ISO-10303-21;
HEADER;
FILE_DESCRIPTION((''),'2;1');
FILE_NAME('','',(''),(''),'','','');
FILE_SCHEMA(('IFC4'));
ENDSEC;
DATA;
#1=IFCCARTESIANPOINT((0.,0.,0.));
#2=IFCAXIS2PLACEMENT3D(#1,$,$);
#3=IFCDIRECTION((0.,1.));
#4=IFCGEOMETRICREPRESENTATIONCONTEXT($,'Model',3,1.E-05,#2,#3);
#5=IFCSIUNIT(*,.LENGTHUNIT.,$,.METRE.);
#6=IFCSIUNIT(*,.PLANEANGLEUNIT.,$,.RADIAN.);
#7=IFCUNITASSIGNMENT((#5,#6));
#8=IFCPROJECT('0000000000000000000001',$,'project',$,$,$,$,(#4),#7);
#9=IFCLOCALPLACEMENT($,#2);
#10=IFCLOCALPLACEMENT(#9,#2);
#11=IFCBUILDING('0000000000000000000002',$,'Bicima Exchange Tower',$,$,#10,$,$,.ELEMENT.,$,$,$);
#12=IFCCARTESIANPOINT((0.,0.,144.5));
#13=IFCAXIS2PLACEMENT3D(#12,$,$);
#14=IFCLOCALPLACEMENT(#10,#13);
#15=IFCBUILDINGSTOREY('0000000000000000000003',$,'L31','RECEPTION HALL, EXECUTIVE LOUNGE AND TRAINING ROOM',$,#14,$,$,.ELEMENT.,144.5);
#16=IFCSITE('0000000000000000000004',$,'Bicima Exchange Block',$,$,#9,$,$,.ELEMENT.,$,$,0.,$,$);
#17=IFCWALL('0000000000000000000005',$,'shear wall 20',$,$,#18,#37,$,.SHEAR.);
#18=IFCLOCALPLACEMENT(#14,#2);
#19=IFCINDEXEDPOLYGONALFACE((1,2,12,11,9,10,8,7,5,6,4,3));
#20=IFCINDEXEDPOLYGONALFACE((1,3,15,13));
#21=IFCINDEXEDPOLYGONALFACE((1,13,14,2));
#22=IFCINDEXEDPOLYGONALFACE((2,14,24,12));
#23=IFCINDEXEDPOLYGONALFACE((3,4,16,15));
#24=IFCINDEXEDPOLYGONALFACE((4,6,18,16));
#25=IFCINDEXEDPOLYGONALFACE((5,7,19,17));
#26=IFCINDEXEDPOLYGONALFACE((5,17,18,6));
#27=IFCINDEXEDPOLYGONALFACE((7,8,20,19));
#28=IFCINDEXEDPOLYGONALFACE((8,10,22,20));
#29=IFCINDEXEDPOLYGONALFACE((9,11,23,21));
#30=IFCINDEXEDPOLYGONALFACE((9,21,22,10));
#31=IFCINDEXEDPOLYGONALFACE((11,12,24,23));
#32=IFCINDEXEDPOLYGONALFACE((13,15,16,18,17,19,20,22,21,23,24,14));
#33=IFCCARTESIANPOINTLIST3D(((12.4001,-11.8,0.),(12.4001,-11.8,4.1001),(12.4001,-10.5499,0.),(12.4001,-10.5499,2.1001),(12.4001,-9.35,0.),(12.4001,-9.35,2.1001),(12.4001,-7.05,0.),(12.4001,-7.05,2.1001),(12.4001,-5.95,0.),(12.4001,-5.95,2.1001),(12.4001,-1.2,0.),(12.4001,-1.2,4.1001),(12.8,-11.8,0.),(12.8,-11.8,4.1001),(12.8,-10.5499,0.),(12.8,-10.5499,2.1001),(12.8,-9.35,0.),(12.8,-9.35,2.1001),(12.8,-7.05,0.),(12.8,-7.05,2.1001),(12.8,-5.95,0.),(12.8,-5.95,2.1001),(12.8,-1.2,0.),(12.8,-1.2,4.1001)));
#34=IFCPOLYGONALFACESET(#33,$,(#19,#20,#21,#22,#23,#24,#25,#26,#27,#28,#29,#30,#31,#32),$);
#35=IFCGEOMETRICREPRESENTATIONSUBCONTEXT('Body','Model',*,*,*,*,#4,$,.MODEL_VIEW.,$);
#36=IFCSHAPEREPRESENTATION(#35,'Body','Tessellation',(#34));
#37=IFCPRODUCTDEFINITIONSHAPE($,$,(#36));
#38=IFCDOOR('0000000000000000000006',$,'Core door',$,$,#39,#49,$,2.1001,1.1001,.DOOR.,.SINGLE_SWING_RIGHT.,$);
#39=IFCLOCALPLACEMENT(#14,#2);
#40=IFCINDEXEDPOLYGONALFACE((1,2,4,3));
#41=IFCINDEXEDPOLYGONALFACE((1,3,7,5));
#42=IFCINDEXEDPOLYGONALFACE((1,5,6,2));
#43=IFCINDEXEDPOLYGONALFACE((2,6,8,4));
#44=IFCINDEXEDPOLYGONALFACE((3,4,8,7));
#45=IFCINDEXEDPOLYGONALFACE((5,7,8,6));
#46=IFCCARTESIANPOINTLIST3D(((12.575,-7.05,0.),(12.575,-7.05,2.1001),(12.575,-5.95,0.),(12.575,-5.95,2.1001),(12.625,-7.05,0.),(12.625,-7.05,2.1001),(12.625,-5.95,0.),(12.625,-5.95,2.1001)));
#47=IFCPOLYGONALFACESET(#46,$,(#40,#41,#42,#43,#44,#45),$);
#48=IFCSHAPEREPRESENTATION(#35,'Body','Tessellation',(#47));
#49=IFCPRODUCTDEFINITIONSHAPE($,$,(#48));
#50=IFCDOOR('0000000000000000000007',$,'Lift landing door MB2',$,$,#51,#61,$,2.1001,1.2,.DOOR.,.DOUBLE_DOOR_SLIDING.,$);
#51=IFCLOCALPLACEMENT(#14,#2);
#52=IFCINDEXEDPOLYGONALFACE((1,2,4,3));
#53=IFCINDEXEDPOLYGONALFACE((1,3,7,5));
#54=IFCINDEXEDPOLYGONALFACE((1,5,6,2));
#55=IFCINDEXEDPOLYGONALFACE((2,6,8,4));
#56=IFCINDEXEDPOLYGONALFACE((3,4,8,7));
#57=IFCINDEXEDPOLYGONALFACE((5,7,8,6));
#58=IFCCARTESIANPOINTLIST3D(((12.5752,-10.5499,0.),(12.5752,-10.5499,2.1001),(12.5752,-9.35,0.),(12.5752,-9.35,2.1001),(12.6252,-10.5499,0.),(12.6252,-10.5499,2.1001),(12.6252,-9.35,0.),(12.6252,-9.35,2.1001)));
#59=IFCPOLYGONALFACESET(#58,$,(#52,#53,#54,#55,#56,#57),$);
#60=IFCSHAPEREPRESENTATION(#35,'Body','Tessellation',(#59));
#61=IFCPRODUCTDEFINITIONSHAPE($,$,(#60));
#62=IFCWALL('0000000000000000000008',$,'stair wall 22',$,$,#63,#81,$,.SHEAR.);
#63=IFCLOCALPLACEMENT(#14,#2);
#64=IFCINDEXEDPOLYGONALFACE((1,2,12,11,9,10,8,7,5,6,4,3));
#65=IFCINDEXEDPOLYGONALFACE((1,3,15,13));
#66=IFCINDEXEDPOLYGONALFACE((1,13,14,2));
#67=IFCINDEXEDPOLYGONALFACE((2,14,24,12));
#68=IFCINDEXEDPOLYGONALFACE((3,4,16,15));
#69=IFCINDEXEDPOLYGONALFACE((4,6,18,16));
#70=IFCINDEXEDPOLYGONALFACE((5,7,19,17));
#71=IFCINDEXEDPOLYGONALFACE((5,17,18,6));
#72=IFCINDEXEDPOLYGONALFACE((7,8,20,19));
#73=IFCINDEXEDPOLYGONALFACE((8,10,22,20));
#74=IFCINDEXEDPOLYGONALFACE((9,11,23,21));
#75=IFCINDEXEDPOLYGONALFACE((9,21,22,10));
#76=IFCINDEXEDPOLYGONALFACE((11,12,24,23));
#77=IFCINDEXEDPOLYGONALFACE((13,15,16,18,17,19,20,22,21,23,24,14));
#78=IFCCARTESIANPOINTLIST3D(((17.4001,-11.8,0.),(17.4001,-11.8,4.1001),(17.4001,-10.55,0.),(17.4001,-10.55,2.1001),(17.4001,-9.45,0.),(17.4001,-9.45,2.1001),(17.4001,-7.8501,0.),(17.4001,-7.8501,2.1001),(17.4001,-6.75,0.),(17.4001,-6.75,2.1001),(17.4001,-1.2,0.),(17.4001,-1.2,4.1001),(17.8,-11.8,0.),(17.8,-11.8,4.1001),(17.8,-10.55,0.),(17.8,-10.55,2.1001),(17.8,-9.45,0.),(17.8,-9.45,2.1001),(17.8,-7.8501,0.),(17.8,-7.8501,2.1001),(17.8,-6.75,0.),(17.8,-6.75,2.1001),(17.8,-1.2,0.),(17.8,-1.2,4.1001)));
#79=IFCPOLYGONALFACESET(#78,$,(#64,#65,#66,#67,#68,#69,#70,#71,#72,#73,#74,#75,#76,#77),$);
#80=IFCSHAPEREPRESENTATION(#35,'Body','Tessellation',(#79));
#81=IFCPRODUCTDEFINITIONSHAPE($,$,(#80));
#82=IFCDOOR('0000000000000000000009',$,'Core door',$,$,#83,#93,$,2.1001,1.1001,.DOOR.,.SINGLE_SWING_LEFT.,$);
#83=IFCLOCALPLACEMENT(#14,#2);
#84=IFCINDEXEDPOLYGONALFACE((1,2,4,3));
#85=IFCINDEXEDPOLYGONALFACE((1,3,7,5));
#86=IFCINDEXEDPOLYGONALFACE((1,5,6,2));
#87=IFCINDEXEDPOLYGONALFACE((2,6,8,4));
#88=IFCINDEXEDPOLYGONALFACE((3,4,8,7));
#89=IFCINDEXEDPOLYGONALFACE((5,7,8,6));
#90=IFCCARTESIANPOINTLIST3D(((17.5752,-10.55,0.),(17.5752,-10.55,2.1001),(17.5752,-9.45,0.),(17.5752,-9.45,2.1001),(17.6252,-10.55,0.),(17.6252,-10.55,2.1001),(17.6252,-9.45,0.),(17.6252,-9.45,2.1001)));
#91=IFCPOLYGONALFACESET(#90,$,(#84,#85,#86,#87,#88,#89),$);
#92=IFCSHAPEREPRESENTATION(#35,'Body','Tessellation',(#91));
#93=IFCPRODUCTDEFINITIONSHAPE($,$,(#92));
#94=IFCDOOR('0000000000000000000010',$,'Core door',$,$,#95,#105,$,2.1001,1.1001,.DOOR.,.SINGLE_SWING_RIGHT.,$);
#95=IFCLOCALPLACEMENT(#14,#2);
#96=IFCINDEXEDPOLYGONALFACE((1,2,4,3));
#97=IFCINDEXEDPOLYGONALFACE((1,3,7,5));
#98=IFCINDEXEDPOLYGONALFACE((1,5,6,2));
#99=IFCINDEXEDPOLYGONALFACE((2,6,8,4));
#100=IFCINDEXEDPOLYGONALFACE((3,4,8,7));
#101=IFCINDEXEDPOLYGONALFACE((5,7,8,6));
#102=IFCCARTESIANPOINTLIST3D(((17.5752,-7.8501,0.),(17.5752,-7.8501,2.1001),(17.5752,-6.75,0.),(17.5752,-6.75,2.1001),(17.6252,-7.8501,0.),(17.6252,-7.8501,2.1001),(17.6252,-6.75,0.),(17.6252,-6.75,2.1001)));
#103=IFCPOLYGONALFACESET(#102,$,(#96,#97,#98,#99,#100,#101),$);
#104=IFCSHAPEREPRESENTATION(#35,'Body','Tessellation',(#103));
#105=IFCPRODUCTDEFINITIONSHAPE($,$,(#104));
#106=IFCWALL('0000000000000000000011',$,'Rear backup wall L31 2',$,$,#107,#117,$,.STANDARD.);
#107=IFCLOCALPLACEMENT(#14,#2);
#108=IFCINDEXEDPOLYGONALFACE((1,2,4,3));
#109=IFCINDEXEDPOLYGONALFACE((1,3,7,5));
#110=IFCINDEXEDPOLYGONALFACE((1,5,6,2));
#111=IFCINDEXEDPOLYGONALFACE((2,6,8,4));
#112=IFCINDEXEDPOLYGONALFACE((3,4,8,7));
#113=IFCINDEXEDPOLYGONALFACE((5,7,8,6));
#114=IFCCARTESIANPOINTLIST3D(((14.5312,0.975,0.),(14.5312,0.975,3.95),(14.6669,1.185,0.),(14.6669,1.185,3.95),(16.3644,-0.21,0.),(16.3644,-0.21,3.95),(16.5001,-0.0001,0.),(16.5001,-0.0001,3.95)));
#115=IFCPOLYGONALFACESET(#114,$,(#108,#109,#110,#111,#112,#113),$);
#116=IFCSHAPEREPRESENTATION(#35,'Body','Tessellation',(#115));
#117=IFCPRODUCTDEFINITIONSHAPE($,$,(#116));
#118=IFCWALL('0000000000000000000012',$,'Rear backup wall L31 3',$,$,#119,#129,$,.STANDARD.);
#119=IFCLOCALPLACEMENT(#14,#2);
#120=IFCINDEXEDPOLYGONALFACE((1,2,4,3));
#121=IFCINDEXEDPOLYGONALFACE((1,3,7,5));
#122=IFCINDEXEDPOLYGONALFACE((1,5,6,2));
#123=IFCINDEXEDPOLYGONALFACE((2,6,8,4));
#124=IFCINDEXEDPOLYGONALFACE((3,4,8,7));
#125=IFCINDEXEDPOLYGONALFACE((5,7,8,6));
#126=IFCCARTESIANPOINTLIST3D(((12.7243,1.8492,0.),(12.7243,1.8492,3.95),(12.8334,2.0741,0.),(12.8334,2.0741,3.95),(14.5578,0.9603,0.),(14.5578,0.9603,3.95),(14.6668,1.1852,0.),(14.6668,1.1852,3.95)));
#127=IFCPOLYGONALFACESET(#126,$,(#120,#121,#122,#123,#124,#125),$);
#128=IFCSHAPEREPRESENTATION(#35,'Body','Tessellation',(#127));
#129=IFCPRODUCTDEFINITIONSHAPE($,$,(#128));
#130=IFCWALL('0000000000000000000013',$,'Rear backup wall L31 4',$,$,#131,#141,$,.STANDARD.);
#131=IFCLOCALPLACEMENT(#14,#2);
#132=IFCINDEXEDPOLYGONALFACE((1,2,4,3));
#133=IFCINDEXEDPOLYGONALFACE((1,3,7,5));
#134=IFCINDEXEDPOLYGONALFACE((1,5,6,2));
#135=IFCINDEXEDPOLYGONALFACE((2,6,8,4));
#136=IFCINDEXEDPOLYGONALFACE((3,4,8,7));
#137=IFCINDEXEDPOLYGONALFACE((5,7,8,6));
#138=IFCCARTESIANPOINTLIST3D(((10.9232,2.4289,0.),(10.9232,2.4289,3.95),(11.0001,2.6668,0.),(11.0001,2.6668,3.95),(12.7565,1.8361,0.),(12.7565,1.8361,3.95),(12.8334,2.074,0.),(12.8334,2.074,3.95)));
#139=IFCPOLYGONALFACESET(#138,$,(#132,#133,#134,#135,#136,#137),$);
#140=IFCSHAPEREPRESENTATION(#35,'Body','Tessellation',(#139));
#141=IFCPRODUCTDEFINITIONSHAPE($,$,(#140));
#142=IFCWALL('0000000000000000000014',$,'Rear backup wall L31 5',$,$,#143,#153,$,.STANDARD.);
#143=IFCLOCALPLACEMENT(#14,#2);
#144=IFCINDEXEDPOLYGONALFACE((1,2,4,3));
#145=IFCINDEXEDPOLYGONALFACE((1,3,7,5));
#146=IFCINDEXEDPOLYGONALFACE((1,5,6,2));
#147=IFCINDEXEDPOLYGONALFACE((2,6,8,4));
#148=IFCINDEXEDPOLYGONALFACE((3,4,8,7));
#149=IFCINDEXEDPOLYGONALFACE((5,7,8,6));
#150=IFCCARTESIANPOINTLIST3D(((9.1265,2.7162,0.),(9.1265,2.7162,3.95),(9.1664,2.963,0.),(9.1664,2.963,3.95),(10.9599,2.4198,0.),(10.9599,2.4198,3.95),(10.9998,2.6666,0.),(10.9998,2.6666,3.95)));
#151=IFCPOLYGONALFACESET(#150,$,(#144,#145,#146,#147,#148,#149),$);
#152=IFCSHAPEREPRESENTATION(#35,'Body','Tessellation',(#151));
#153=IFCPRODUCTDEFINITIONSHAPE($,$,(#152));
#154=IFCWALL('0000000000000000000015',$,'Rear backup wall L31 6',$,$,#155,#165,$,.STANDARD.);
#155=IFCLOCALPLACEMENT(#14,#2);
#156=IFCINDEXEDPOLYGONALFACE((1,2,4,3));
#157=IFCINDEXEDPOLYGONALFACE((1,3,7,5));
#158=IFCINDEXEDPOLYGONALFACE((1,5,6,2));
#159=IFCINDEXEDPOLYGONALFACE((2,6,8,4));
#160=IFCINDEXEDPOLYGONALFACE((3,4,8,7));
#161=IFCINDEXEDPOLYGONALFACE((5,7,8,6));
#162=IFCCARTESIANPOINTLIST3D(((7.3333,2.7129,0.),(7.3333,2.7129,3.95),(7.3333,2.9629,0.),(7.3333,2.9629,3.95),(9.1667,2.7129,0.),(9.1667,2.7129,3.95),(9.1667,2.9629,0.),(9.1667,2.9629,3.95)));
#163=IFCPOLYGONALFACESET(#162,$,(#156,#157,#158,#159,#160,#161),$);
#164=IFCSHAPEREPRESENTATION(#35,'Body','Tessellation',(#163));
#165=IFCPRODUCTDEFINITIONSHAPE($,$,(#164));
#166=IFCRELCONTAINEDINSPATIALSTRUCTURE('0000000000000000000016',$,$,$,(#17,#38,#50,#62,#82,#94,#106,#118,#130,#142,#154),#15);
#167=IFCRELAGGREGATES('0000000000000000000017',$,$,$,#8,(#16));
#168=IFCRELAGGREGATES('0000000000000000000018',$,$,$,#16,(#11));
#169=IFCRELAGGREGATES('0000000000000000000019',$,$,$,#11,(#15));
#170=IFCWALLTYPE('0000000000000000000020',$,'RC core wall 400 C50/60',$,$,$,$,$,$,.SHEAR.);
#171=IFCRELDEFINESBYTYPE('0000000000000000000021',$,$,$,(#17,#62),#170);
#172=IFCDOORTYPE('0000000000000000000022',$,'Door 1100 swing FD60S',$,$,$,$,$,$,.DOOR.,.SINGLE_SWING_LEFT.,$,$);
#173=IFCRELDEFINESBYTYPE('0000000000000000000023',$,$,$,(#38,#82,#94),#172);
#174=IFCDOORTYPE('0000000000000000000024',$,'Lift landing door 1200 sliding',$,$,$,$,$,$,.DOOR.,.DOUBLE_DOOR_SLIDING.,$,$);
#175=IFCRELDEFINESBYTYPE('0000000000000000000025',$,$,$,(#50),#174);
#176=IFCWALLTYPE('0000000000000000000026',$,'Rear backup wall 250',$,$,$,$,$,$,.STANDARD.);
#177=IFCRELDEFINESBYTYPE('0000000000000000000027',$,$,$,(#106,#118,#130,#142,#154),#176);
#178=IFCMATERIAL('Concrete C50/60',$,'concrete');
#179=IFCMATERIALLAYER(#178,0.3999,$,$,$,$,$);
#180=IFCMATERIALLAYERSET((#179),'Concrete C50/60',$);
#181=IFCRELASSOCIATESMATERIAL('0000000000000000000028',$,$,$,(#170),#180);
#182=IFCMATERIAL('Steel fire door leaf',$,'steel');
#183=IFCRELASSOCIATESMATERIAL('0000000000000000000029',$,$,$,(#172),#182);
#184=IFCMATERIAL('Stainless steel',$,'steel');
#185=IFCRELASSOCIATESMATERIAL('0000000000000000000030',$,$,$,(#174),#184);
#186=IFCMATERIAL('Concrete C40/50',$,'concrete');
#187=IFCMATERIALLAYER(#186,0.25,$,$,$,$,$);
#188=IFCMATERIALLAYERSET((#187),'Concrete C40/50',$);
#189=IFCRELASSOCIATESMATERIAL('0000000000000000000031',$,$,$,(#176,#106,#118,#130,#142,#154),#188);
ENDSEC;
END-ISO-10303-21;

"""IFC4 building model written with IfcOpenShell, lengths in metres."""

from ifc_helpers import new_model, si_unit, direction, frame, frame_2d, origin, place, context, subcontext, project, spatial, rectangle, extrude, material, layer, layer_set, layer_usage, type_object, element, fill, save


model = new_model("IFC4")

# Units and contexts
model_context = context("Model", 3, precision=1e-05, world=origin(), true_north=direction((0.0, 1.0)))
body_context = subcontext(model_context, "Body", "Model", "MODEL_VIEW")
ifc_project = project(units=[si_unit("LENGTHUNIT", "METRE"), si_unit("PLANEANGLEUNIT", "RADIAN")], contexts=[model_context])

# Site, building, storey
site_placement = place(None, origin())
site = spatial("IfcSite", under=ifc_project, at=site_placement, Name="Bicima Exchange Block", CompositionType="ELEMENT", RefElevation=0.0)
building_placement = place(site_placement, origin())
building = spatial("IfcBuilding", under=site, at=building_placement, Name="Bicima Exchange Tower", CompositionType="ELEMENT")
storey_placement = place(building_placement, frame((0.0, 0.0, 144.5)))
storey = spatial("IfcBuildingStorey", under=building, at=storey_placement, Name="L31", Description="RECEPTION HALL, EXECUTIVE LOUNGE AND TRAINING ROOM", CompositionType="ELEMENT", Elevation=144.5)

# Shared definitions
ifc_material_1 = material(Name="Concrete C50/60", Category="concrete")
ifc_layer_1 = layer(ifc_material_1, 0.3999)
ifc_layer_set_1 = layer_set([ifc_layer_1], Name="Concrete C50/60")
wall_type_1 = type_object("IfcWallType", Name="RC core wall 400 C50/60", PredefinedType="SHEAR", material=ifc_layer_set_1)
ifc_material_2 = material(Name="Steel fire door leaf", Category="steel")

# Walls, openings, doors
wall_1_placement = place(storey_placement, frame((12.6001, -11.8, 0.0), z_axis=(0.0, 0.0, 1.0), x_axis=(0.0, 1.0, 0.0)))
wall_1 = element("IfcWall", 1, at=wall_1_placement, inside=storey, type_object=wall_type_1, Name="shear wall 20", PredefinedType="SHEAR", context=body_context, shape_type="SweptSolid", body=[
    extrude(rectangle(XDim=10.6001, YDim=0.3999, at=frame_2d((5.3, 0.0))), origin(), (0.0, 0.0, 1.0), 4.1001),
])
opening_1_placement = place(wall_1_placement, frame((1.25, 0.0, 0.0)))
opening_1 = element("IfcOpeningElement", 2, at=opening_1_placement, cuts=wall_1, PredefinedType="OPENING", context=body_context, shape_type="SweptSolid", body=[
    extrude(rectangle(XDim=1.2, YDim=2.1001, at=frame_2d((0.6001, 1.05))), frame((0.0, 0.2119, 0.0), z_axis=(0.0, -1.0, 0.0), x_axis=(1.0, 0.0, 0.0)), (0.0, 0.0, 1.0), 0.4238),
])
opening_2_placement = place(wall_1_placement, frame((4.75, 0.0, 0.0)))
opening_2 = element("IfcOpeningElement", 3, at=opening_2_placement, cuts=wall_1, PredefinedType="OPENING", context=body_context, shape_type="SweptSolid", body=[
    extrude(rectangle(XDim=1.1001, YDim=2.1001, at=frame_2d((0.55, 1.05))), frame((0.0, 0.2119, 0.0), z_axis=(0.0, -1.0, 0.0), x_axis=(1.0, 0.0, 0.0)), (0.0, 0.0, 1.0), 0.4238),
])
door_type_1 = type_object("IfcDoorType", Name="Door 1100 swing FD60S", OperationType="SINGLE_SWING_LEFT", PredefinedType="DOOR", material=ifc_material_2)
door_1_placement = place(opening_2_placement, frame((1.1001, 0.0, 0.0), z_axis=(0.0, 0.0, 1.0), x_axis=(-1.0, 0.0, 0.0)))
door_1 = element("IfcDoor", 4, at=door_1_placement, inside=storey, type_object=door_type_1, Name="Core door", OperationType="SINGLE_SWING_RIGHT", OverallHeight=2.1001, OverallWidth=1.1001, PredefinedType="DOOR", context=body_context, shape_type="SweptSolid", body=[
    extrude(rectangle(XDim=1.1001, YDim=2.1001, at=frame_2d((0.55, 1.05))), frame((0.0, 0.0249, 0.0), z_axis=(0.0, -1.0, 0.0), x_axis=(1.0, 0.0, 0.0)), (0.0, 0.0, 1.0), 0.05),
])
fill(opening_2, door_1)
ifc_material_3 = material(Name="Stainless steel", Category="steel")
door_type_2 = type_object("IfcDoorType", Name="Lift landing door 1200 sliding", OperationType="DOUBLE_DOOR_SLIDING", PredefinedType="DOOR", material=ifc_material_3)
door_2_placement = place(opening_1_placement, origin())
door_2 = element("IfcDoor", 5, at=door_2_placement, inside=storey, type_object=door_type_2, Name="Lift landing door MB2", OperationType="DOUBLE_DOOR_SLIDING", OverallHeight=2.1001, OverallWidth=1.2, PredefinedType="DOOR", context=body_context, shape_type="SweptSolid", body=[
    extrude(rectangle(XDim=1.2, YDim=2.1001, at=frame_2d((0.6001, 1.05))), frame((0.0, 0.0249, 0.0), z_axis=(0.0, -1.0, 0.0), x_axis=(1.0, 0.0, 0.0)), (0.0, 0.0, 1.0), 0.05),
])
fill(opening_1, door_2)
wall_2_placement = place(storey_placement, frame((17.6001, -11.8, 0.0), z_axis=(0.0, 0.0, 1.0), x_axis=(0.0, 1.0, 0.0)))
wall_2 = element("IfcWall", 6, at=wall_2_placement, inside=storey, type_object=wall_type_1, Name="stair wall 22", PredefinedType="SHEAR", context=body_context, shape_type="SweptSolid", body=[
    extrude(rectangle(XDim=10.6001, YDim=0.3999, at=frame_2d((5.3, 0.0))), origin(), (0.0, 0.0, 1.0), 4.1001),
])
opening_3_placement = place(wall_2_placement, frame((1.25, 0.0, 0.0)))
opening_3 = element("IfcOpeningElement", 7, at=opening_3_placement, cuts=wall_2, PredefinedType="OPENING", context=body_context, shape_type="SweptSolid", body=[
    extrude(rectangle(XDim=1.1001, YDim=2.1001, at=frame_2d((0.55, 1.05))), frame((0.0, 0.2119, 0.0), z_axis=(0.0, -1.0, 0.0), x_axis=(1.0, 0.0, 0.0)), (0.0, 0.0, 1.0), 0.4238),
])
opening_4_placement = place(wall_2_placement, frame((3.95, 0.0, 0.0)))
opening_4 = element("IfcOpeningElement", 8, at=opening_4_placement, cuts=wall_2, PredefinedType="OPENING", context=body_context, shape_type="SweptSolid", body=[
    extrude(rectangle(XDim=1.1001, YDim=2.1001, at=frame_2d((0.55, 1.05))), frame((0.0, 0.2119, 0.0), z_axis=(0.0, -1.0, 0.0), x_axis=(1.0, 0.0, 0.0)), (0.0, 0.0, 1.0), 0.4238),
])
door_3_placement = place(opening_3_placement, origin())
door_3 = element("IfcDoor", 9, at=door_3_placement, inside=storey, type_object=door_type_1, Name="Core door", OperationType="SINGLE_SWING_LEFT", OverallHeight=2.1001, OverallWidth=1.1001, PredefinedType="DOOR", context=body_context, shape_type="SweptSolid", body=[
    extrude(rectangle(XDim=1.1001, YDim=2.1001, at=frame_2d((0.55, 1.05))), frame((0.0, 0.0249, 0.0), z_axis=(0.0, -1.0, 0.0), x_axis=(1.0, 0.0, 0.0)), (0.0, 0.0, 1.0), 0.05),
])
fill(opening_3, door_3)
door_4_placement = place(opening_4_placement, origin())
door_4 = element("IfcDoor", 10, at=door_4_placement, inside=storey, type_object=door_type_1, Name="Core door", OperationType="SINGLE_SWING_RIGHT", OverallHeight=2.1001, OverallWidth=1.1001, PredefinedType="DOOR", context=body_context, shape_type="SweptSolid", body=[
    extrude(rectangle(XDim=1.1001, YDim=2.1001, at=frame_2d((0.55, 1.05))), frame((0.0, 0.0249, 0.0), z_axis=(0.0, -1.0, 0.0), x_axis=(1.0, 0.0, 0.0)), (0.0, 0.0, 1.0), 0.05),
])
fill(opening_4, door_4)

# Walls
ifc_material_4 = material(Name="Concrete C40/50", Category="concrete")
ifc_layer_2 = layer(ifc_material_4, 0.25)
ifc_layer_set_2 = layer_set([ifc_layer_2], Name="Concrete C40/50")
ifc_layer_usage = layer_usage(ifc_layer_set_2, "AXIS2", "POSITIVE", -0.125)
wall_type_2 = type_object("IfcWallType", Name="Rear backup wall 250", PredefinedType="STANDARD", material=ifc_layer_set_2)
wall_3_placement = place(storey_placement, frame((16.4321, -0.105, 0.0), z_axis=(0.0, 0.0, 1.0), x_axis=(-0.839813, 0.542876, 0.0)))
element("IfcWall", 11, at=wall_3_placement, inside=storey, type_object=wall_type_2, material=ifc_layer_usage, Name="Rear backup wall L31 2", PredefinedType="STANDARD", context=body_context, shape_type="SweptSolid", body=[
    extrude(rectangle(XDim=2.1829, YDim=0.25, at=frame_2d((1.0913, 0.0))), origin(), (0.0, 0.0, 1.0), 3.95),
])
wall_4_placement = place(storey_placement, frame((14.6123, 1.0728, 0.0), z_axis=(0.0, 0.0, 1.0), x_axis=(-0.899824, 0.436253, 0.0)))
element("IfcWall", 12, at=wall_4_placement, inside=storey, type_object=wall_type_2, material=ifc_layer_usage, Name="Rear backup wall L31 3", PredefinedType="STANDARD", context=body_context, shape_type="SweptSolid", body=[
    extrude(rectangle(XDim=2.0376, YDim=0.25, at=frame_2d((1.0188, 0.0))), origin(), (0.0, 0.0, 1.0), 3.95),
])
wall_5_placement = place(storey_placement, frame((12.7949, 1.9551, 0.0), z_axis=(0.0, 0.0, 1.0), x_axis=(-0.951496, 0.307662, 0.0)))
element("IfcWall", 13, at=wall_5_placement, inside=storey, type_object=wall_type_2, material=ifc_layer_usage, Name="Rear backup wall L31 4", PredefinedType="STANDARD", context=body_context, shape_type="SweptSolid", body=[
    extrude(rectangle(XDim=1.9268, YDim=0.25, at=frame_2d((0.9634, 0.0))), origin(), (0.0, 0.0, 1.0), 3.95),
])
wall_6_placement = place(storey_placement, frame((10.98, 2.5432, 0.0), z_axis=(0.0, 0.0, 1.0), x_axis=(-0.987182, 0.1596, 0.0)))
element("IfcWall", 14, at=wall_6_placement, inside=storey, type_object=wall_type_2, material=ifc_layer_usage, Name="Rear backup wall L31 5", PredefinedType="STANDARD", context=body_context, shape_type="SweptSolid", body=[
    extrude(rectangle(XDim=1.8572, YDim=0.25, at=frame_2d((0.9287, 0.0))), origin(), (0.0, 0.0, 1.0), 3.95),
])
wall_7_placement = place(storey_placement, frame((9.1667, 2.8379, 0.0), z_axis=(0.0, 0.0, 1.0), x_axis=(-1.0, 0.0, 0.0)))
element("IfcWall", 15, at=wall_7_placement, inside=storey, type_object=wall_type_2, material=ifc_layer_usage, Name="Rear backup wall L31 6", PredefinedType="STANDARD", context=body_context, shape_type="SweptSolid", body=[
    extrude(rectangle(XDim=1.8335, YDim=0.25, at=frame_2d((0.9167, 0.0))), origin(), (0.0, 0.0, 1.0), 3.95),
])

save(model, "model.ifc")
